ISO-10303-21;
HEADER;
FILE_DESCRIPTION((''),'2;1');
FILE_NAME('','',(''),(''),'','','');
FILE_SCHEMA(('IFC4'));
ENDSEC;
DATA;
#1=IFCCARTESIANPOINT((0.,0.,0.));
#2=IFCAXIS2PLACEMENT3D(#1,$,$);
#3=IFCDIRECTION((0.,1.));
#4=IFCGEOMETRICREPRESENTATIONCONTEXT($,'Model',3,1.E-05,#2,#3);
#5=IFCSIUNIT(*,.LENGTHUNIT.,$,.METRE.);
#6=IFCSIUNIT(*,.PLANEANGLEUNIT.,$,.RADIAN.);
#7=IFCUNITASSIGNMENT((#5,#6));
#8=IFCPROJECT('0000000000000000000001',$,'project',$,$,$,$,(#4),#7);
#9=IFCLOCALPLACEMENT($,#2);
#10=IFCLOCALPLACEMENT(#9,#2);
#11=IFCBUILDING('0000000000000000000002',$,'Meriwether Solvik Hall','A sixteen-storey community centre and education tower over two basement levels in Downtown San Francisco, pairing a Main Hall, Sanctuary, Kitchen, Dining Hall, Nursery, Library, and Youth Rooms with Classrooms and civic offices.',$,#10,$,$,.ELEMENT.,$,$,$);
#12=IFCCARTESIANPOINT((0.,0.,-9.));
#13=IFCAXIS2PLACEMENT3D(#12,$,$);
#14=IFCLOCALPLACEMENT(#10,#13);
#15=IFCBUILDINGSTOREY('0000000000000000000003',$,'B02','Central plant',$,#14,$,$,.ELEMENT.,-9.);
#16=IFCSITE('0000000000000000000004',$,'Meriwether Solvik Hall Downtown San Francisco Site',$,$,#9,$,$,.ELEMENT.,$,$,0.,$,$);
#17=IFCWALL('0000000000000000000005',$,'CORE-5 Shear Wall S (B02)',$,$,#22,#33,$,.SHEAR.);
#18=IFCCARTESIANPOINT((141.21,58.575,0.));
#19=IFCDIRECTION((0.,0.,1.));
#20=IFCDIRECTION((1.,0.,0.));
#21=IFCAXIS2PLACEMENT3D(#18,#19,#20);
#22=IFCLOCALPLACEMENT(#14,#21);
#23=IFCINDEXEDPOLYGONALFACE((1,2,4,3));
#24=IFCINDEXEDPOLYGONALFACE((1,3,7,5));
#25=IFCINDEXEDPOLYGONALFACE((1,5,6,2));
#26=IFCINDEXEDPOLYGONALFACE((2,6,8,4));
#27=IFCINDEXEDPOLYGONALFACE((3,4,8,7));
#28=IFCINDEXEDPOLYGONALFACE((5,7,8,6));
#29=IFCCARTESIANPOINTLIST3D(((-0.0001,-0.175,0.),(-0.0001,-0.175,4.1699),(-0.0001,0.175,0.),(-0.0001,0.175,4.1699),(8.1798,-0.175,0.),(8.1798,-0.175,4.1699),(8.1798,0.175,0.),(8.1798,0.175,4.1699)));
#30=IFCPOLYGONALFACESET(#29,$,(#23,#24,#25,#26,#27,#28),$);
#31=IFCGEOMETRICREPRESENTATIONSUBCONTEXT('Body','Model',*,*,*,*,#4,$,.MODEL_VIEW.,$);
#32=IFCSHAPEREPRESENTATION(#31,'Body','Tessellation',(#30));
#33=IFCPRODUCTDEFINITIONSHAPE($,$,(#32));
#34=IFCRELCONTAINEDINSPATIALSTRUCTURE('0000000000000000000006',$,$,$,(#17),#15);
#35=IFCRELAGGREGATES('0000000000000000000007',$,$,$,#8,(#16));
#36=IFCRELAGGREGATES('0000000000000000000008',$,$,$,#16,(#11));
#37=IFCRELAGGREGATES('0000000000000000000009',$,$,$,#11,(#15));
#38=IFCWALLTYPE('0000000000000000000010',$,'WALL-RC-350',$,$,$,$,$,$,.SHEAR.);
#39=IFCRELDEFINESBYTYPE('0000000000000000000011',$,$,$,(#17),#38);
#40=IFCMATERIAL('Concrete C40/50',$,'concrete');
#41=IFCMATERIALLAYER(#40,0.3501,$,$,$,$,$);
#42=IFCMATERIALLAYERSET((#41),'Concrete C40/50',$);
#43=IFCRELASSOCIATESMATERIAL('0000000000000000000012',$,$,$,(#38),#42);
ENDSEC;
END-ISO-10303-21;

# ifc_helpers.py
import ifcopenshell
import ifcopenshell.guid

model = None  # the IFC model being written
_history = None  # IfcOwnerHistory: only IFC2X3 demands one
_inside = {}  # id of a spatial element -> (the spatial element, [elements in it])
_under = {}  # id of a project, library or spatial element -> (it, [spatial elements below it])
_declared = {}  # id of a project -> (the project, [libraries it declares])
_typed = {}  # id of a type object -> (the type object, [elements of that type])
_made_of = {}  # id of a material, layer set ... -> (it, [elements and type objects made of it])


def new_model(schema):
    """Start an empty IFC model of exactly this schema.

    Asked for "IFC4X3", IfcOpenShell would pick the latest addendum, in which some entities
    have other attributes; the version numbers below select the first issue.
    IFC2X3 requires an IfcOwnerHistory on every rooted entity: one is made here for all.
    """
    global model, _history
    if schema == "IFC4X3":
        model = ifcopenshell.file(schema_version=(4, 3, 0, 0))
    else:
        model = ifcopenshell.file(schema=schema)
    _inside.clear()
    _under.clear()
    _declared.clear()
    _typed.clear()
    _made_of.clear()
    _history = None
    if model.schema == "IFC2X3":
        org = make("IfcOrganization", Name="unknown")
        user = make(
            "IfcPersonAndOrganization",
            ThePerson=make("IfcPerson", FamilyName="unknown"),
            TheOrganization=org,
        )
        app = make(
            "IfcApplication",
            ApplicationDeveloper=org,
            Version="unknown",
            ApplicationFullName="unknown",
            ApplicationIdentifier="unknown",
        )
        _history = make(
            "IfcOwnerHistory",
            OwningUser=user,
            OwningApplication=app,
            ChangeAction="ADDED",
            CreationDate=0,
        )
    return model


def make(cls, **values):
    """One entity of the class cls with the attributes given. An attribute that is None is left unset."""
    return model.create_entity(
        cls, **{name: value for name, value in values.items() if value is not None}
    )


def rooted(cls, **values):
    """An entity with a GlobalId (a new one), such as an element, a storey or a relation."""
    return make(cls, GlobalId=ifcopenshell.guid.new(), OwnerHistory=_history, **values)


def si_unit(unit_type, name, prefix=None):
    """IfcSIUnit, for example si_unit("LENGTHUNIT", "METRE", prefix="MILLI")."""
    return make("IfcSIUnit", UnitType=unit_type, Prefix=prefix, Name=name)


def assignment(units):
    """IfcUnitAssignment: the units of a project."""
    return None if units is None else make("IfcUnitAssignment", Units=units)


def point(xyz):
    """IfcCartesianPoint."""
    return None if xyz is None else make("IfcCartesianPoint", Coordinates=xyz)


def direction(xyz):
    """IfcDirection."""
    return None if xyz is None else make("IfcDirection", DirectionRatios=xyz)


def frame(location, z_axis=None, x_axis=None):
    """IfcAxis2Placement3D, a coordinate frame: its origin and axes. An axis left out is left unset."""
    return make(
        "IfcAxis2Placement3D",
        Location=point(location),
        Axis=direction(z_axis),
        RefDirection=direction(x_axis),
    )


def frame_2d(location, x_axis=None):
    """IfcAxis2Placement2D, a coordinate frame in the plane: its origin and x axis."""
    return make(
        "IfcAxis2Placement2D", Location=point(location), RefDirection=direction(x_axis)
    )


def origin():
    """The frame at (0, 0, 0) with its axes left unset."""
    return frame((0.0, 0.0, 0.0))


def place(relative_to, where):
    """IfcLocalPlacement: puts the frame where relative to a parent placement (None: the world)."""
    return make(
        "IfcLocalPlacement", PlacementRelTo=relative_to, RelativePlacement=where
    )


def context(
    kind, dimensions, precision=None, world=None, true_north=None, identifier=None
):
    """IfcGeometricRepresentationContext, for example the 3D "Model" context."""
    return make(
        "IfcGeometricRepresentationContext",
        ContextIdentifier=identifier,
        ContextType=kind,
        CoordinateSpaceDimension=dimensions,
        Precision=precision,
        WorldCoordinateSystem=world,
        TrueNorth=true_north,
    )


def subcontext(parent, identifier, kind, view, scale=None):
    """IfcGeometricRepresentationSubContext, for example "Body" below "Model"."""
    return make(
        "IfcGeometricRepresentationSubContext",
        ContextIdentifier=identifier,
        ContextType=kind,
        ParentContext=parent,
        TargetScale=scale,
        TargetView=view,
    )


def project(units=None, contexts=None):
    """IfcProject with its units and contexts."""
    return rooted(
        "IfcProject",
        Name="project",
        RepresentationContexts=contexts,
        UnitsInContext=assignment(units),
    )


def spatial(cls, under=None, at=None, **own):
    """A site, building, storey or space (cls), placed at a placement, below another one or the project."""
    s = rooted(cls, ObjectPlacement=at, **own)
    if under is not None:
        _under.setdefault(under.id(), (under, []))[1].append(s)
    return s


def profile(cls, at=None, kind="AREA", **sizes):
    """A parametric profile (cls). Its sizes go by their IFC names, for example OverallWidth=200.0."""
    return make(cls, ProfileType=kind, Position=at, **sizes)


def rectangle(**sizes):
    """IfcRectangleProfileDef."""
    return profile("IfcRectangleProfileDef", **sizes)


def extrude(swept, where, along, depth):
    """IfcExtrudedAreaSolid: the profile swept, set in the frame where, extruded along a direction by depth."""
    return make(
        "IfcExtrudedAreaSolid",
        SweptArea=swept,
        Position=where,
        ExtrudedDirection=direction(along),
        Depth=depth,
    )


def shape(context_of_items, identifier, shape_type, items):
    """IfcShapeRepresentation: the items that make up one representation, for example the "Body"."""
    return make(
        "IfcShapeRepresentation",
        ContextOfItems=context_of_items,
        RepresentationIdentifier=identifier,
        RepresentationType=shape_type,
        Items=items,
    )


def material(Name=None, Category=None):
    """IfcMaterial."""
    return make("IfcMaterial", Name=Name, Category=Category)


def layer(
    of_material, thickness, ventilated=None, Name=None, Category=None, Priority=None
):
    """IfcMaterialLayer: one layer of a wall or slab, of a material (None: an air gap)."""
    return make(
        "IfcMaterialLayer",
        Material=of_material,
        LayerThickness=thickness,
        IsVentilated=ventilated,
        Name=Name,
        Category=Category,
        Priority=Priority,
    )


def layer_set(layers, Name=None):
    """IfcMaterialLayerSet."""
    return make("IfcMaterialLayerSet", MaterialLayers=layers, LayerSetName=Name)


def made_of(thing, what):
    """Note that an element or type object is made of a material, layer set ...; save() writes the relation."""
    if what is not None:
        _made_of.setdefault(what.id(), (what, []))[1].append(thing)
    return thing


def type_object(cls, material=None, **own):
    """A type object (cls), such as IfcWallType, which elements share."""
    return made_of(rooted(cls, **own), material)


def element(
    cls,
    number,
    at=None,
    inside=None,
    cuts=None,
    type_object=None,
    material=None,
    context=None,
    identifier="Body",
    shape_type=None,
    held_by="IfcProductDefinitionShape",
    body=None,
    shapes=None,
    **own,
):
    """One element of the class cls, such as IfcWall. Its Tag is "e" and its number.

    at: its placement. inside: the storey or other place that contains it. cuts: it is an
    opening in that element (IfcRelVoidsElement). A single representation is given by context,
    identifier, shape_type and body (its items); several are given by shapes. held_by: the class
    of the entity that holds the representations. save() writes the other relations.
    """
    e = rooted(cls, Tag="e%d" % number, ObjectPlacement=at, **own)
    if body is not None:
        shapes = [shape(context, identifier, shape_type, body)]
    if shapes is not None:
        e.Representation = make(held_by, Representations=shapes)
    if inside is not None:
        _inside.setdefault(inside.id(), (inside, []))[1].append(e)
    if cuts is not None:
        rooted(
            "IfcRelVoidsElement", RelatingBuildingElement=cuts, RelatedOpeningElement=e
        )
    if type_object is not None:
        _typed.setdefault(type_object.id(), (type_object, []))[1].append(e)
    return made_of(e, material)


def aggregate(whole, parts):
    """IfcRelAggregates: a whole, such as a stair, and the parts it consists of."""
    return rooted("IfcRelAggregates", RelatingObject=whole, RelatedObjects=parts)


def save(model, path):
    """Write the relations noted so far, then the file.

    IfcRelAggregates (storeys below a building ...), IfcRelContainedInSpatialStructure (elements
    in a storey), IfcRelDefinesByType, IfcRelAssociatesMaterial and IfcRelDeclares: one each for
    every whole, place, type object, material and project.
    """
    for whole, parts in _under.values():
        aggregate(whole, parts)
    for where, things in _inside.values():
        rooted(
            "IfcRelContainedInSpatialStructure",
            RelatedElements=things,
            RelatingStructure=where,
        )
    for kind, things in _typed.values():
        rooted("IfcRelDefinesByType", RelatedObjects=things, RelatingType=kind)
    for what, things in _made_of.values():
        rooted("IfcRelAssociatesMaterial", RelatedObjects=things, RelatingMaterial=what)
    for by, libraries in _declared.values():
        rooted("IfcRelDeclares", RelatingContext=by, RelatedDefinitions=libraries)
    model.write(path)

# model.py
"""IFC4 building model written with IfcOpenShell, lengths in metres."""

from ifc_helpers import new_model, si_unit, direction, frame, frame_2d, origin, place, context, subcontext, project, spatial, rectangle, extrude, material, layer, layer_set, type_object, element, save


model = new_model("IFC4")

# Units and contexts
model_context = context("Model", 3, precision=1e-05, world=origin(), true_north=direction((0.0, 1.0)))
body_context = subcontext(model_context, "Body", "Model", "MODEL_VIEW")
ifc_project = project(units=[si_unit("LENGTHUNIT", "METRE"), si_unit("PLANEANGLEUNIT", "RADIAN")], contexts=[model_context])

# Site, building, storey
site_placement = place(None, origin())
site = spatial("IfcSite", under=ifc_project, at=site_placement, Name="Meriwether Solvik Hall Downtown San Francisco Site", CompositionType="ELEMENT", RefElevation=0.0)
building_placement = place(site_placement, origin())
building = spatial("IfcBuilding", under=site, at=building_placement, Name="Meriwether Solvik Hall", Description="A sixteen-storey community centre and education tower over two basement levels in Downtown San Francisco, pairing a Main Hall, Sanctuary, Kitchen, Dining Hall, Nursery, Library, and Youth Rooms with Classrooms and civic offices.", CompositionType="ELEMENT")
storey_placement = place(building_placement, frame((0.0, 0.0, -9.0)))
storey = spatial("IfcBuildingStorey", under=building, at=storey_placement, Name="B02", Description="Central plant", CompositionType="ELEMENT", Elevation=-9.0)

# Wall
ifc_material_1 = material(Name="Concrete C40/50", Category="concrete")
ifc_layer_1 = layer(ifc_material_1, 0.3501)
ifc_layer_set_1 = layer_set([ifc_layer_1], Name="Concrete C40/50")
wall_type_1 = type_object("IfcWallType", Name="WALL-RC-350", PredefinedType="SHEAR", material=ifc_layer_set_1)
wall_1_placement = place(storey_placement, frame((141.21, 58.575, 0.0), z_axis=(0.0, 0.0, 1.0), x_axis=(1.0, 0.0, 0.0)))
element("IfcWall", 1, at=wall_1_placement, inside=storey, type_object=wall_type_1, Name="CORE-5 Shear Wall S (B02)", PredefinedType="SHEAR", context=body_context, shape_type="SweptSolid", body=[
    extrude(rectangle(XDim=8.1799, YDim=0.3501, at=frame_2d((4.0898, 0.0))), origin(), (0.0, 0.0, 1.0), 4.1699),
])

save(model, "model.ifc")
